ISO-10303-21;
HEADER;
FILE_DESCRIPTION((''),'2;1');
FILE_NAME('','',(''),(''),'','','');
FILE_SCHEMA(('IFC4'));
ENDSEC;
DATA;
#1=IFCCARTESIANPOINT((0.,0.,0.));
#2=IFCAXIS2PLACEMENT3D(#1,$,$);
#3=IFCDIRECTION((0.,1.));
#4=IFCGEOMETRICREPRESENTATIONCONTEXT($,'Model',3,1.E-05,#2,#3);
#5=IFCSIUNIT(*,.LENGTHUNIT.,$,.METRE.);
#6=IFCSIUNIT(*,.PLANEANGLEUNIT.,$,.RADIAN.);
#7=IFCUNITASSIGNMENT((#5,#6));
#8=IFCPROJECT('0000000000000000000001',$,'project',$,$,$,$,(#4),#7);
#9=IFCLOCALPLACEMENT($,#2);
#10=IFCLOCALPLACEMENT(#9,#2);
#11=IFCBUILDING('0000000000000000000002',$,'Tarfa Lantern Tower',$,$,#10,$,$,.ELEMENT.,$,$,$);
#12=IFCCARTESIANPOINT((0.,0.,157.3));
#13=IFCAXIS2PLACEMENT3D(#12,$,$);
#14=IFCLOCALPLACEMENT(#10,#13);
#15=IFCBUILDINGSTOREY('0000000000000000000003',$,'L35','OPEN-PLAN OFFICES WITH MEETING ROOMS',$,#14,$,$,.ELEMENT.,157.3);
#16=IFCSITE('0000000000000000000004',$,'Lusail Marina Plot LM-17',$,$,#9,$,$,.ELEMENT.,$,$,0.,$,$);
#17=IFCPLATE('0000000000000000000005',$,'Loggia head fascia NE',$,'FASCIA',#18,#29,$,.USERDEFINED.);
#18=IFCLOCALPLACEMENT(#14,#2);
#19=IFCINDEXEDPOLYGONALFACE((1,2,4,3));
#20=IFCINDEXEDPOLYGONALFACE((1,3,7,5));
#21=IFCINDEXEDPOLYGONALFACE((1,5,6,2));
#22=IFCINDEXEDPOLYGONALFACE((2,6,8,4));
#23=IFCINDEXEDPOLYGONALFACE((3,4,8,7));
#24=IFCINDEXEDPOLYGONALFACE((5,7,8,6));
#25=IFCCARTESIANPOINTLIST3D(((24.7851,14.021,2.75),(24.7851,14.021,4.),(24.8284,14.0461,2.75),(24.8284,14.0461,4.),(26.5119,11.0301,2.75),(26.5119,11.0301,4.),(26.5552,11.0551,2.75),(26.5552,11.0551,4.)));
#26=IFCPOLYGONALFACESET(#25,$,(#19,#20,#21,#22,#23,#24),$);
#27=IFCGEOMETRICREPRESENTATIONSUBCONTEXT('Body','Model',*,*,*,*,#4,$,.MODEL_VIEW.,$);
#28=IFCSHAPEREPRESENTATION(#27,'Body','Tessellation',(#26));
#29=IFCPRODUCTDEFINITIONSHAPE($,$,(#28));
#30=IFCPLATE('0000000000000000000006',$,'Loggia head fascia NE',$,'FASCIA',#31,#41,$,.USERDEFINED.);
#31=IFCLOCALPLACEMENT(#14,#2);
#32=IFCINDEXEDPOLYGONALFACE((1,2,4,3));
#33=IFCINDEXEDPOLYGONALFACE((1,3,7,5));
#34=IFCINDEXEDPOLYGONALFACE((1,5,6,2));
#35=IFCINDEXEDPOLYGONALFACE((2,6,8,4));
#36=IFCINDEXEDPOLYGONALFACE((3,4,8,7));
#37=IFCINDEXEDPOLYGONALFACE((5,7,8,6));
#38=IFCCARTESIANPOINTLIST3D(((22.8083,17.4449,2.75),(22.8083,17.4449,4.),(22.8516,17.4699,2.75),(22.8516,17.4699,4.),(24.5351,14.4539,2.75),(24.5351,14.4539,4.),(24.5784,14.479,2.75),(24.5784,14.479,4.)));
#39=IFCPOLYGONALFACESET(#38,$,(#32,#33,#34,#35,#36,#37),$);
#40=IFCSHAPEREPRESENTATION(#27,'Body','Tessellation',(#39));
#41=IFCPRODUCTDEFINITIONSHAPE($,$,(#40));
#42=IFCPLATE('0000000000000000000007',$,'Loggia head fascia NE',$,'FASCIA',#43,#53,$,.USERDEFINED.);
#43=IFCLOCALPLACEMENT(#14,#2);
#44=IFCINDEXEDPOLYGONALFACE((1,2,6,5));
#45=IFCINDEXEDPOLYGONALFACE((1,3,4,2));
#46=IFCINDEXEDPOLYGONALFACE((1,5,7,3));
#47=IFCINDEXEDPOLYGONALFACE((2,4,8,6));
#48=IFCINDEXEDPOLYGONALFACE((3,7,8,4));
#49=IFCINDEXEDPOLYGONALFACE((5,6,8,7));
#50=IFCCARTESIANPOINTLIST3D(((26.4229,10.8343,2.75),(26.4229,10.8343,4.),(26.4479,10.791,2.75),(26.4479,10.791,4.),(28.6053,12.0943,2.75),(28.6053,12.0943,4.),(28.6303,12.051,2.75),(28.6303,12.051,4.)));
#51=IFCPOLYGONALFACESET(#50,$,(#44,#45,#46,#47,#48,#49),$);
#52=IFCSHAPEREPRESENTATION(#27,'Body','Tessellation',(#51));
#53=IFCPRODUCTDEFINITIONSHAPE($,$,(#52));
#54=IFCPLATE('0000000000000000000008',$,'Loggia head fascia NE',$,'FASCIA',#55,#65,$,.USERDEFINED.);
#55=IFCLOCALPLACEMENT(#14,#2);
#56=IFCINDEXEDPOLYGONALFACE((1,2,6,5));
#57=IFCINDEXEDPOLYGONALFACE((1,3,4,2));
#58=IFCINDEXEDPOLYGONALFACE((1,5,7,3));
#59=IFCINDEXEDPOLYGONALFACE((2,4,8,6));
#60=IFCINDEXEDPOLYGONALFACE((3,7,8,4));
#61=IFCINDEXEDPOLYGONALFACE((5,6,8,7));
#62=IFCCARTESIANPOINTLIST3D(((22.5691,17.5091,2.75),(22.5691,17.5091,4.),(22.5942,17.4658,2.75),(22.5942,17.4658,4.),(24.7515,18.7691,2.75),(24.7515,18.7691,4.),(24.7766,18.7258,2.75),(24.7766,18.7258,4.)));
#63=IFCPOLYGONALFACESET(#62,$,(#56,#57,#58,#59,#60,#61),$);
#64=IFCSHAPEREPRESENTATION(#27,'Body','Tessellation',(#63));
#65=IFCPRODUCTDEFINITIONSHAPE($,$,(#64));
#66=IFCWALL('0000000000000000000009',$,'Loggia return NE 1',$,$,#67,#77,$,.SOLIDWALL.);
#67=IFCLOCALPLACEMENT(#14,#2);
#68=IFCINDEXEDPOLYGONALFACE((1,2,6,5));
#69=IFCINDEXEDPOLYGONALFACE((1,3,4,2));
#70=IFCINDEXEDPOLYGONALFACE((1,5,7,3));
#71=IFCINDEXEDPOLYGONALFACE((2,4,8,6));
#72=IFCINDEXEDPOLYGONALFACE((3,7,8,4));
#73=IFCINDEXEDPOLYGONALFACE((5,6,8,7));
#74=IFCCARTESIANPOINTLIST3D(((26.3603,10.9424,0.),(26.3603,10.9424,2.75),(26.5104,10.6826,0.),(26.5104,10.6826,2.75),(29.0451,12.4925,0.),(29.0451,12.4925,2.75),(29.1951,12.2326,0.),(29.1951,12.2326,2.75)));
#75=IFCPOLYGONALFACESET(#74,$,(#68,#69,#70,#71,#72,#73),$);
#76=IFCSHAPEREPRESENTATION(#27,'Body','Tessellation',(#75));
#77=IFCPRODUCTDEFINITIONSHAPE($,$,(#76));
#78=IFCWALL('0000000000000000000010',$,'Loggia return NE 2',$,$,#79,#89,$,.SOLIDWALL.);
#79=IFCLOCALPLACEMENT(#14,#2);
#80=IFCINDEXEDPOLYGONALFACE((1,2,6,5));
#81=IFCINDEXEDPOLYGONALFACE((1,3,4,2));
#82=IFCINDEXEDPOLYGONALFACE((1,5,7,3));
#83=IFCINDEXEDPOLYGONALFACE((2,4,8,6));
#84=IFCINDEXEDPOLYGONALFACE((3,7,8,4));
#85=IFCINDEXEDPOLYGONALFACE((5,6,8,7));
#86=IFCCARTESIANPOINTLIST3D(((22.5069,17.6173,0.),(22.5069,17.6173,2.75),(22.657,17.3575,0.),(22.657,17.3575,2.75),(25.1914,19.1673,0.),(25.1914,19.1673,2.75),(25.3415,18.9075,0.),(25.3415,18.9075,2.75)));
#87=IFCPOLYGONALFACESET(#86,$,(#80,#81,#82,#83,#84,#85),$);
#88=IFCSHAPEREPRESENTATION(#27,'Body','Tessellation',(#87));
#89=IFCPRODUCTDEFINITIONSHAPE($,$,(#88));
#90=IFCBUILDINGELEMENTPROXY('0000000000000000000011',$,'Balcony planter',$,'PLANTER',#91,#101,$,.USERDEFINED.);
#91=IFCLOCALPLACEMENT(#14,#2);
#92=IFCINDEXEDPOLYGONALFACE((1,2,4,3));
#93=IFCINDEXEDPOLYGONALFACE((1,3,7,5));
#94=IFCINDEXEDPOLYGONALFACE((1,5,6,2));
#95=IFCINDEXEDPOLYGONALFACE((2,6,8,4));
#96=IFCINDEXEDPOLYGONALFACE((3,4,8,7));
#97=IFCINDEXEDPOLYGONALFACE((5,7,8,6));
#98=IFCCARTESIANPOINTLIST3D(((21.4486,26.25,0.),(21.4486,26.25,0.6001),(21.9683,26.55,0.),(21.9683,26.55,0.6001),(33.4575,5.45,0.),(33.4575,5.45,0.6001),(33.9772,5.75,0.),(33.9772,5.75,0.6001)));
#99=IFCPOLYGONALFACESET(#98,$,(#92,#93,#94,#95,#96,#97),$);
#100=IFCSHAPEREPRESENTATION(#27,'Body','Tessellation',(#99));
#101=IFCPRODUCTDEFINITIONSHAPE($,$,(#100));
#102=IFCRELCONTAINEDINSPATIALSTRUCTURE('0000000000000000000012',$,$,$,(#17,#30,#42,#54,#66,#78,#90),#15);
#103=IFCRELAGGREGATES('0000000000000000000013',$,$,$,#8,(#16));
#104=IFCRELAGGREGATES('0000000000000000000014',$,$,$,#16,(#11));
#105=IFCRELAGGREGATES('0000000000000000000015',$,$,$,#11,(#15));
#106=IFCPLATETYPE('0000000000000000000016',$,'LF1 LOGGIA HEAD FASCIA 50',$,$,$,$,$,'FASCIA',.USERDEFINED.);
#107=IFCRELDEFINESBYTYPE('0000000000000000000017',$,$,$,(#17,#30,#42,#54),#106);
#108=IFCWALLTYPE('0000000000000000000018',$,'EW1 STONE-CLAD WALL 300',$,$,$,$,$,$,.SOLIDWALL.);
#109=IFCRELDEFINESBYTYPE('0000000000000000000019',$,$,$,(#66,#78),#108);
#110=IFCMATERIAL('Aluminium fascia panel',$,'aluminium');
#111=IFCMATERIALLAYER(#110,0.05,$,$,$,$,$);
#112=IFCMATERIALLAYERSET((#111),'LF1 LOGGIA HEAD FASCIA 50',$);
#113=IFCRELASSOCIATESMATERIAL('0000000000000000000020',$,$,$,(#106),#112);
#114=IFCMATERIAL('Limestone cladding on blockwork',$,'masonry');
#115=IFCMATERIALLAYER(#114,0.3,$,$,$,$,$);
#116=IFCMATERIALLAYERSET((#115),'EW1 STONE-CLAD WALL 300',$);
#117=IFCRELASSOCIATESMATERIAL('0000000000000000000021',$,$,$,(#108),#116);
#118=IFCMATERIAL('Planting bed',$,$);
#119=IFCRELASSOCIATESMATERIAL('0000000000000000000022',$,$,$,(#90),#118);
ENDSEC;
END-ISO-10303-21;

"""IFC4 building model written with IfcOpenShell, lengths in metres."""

from ifc_helpers import new_model, si_unit, direction, frame, frame_2d, origin, origin_2d, place, context, subcontext, project, spatial, rectangle, extrude, material, layer, layer_set, type_object, element, save


model = new_model("IFC4")

# Units and contexts
model_context = context("Model", 3, precision=1e-05, world=origin(), true_north=direction((0.0, 1.0)))
body_context = subcontext(model_context, "Body", "Model", "MODEL_VIEW")
ifc_project = project(units=[si_unit("LENGTHUNIT", "METRE"), si_unit("PLANEANGLEUNIT", "RADIAN")], contexts=[model_context])

# Site, building, storey
site_placement = place(None, origin())
site = spatial("IfcSite", under=ifc_project, at=site_placement, Name="Lusail Marina Plot LM-17", CompositionType="ELEMENT", RefElevation=0.0)
building_placement = place(site_placement, origin())
building = spatial("IfcBuilding", under=site, at=building_placement, Name="Tarfa Lantern Tower", CompositionType="ELEMENT")
storey_placement = place(building_placement, frame((0.0, 0.0, 157.3)))
storey = spatial("IfcBuildingStorey", under=building, at=storey_placement, Name="L35", Description="OPEN-PLAN OFFICES WITH MEETING ROOMS", CompositionType="ELEMENT", Elevation=157.3)

# Plates
ifc_material_1 = material(Name="Aluminium fascia panel", Category="aluminium")
ifc_layer_1 = layer(ifc_material_1, 0.05)
ifc_layer_set_1 = layer_set([ifc_layer_1], Name="LF1 LOGGIA HEAD FASCIA 50")
plate_type_1 = type_object("IfcPlateType", Name="LF1 LOGGIA HEAD FASCIA 50", ElementType="FASCIA", PredefinedType="USERDEFINED", material=ifc_layer_set_1)
for number, where, z_axis, x_axis, name in (
    (1, (25.6702, 12.5381, 2.75), (0.0, 0.0, 1.0), (-0.5, 0.866025, 0.0), "Loggia head fascia NE"),
    (2, (23.6934, 15.9619, 2.75), (0.0, 0.0, 1.0), (-0.5, 0.866025, 0.0), "Loggia head fascia NE"),
):
    element("IfcPlate", number, at=place(storey_placement, frame(where, z_axis=z_axis, x_axis=x_axis)), inside=storey, type_object=plate_type_1, Name=name, ObjectType="FASCIA", PredefinedType="USERDEFINED", context=body_context, shape_type="SweptSolid", body=[
        extrude(rectangle(XDim=3.4536, YDim=0.05, at=origin_2d()), origin(), (0.0, 0.0, 1.0), 1.25),
    ])
for number, where, z_axis, x_axis, name in (
    (3, (27.5266, 11.4426, 2.75), (0.0, 0.0, 1.0), (-0.866025, -0.5, 0.0), "Loggia head fascia NE"),
    (4, (23.6729, 18.1174, 2.75), (0.0, 0.0, 1.0), (-0.866025, -0.5, 0.0), "Loggia head fascia NE"),
):
    element("IfcPlate", number, at=place(storey_placement, frame(where, z_axis=z_axis, x_axis=x_axis)), inside=storey, type_object=plate_type_1, Name=name, ObjectType="FASCIA", PredefinedType="USERDEFINED", context=body_context, shape_type="SweptSolid", body=[
        extrude(rectangle(XDim=2.52, YDim=0.05, at=origin_2d()), origin(), (0.0, 0.0, 1.0), 1.25),
    ])

# Walls
ifc_material_2 = material(Name="Limestone cladding on blockwork", Category="masonry")
ifc_layer_2 = layer(ifc_material_2, 0.3)
ifc_layer_set_2 = layer_set([ifc_layer_2], Name="EW1 STONE-CLAD WALL 300")
wall_type = type_object("IfcWallType", Name="EW1 STONE-CLAD WALL 300", PredefinedType="SOLIDWALL", material=ifc_layer_set_2)
wall_1_placement = place(storey_placement, frame((29.1201, 12.3625, 0.0), z_axis=(0.0, 0.0, 1.0), x_axis=(-0.86603, -0.499993, 0.0)))
element("IfcWall", 5, at=wall_1_placement, inside=storey, type_object=wall_type, Name="Loggia return NE 1", PredefinedType="SOLIDWALL", context=body_context, shape_type="SweptSolid", body=[
    extrude(rectangle(XDim=3.1001, YDim=0.3, at=frame_2d((1.55, 0.0))), origin(), (0.0, 0.0, 1.0), 2.75),
])
wall_2_placement = place(storey_placement, frame((25.2664, 19.0374, 0.0), z_axis=(0.0, 0.0, 1.0), x_axis=(-0.86601, -0.500027, 0.0)))
element("IfcWall", 6, at=wall_2_placement, inside=storey, type_object=wall_type, Name="Loggia return NE 2", PredefinedType="SOLIDWALL", context=body_context, shape_type="SweptSolid", body=[
    extrude(rectangle(XDim=3.0999, YDim=0.3, at=frame_2d((1.5498, 0.0))), origin(), (0.0, 0.0, 1.0), 2.75),
])

# Building element proxy
ifc_material_3 = material(Name="Planting bed")
proxy_placement = place(storey_placement, frame((27.7129, 16.0, 0.0), z_axis=(0.0, 0.0, 1.0), x_axis=(-0.5, 0.866025, 0.0)))
element("IfcBuildingElementProxy", 7, at=proxy_placement, inside=storey, material=ifc_material_3, Name="Balcony planter", ObjectType="PLANTER", PredefinedType="USERDEFINED", context=body_context, shape_type="SweptSolid", body=[
    extrude(rectangle(XDim=24.0178, YDim=0.6001, at=origin_2d()), origin(), (0.0, 0.0, 1.0), 0.6001),
])

save(model, "model.ifc")
